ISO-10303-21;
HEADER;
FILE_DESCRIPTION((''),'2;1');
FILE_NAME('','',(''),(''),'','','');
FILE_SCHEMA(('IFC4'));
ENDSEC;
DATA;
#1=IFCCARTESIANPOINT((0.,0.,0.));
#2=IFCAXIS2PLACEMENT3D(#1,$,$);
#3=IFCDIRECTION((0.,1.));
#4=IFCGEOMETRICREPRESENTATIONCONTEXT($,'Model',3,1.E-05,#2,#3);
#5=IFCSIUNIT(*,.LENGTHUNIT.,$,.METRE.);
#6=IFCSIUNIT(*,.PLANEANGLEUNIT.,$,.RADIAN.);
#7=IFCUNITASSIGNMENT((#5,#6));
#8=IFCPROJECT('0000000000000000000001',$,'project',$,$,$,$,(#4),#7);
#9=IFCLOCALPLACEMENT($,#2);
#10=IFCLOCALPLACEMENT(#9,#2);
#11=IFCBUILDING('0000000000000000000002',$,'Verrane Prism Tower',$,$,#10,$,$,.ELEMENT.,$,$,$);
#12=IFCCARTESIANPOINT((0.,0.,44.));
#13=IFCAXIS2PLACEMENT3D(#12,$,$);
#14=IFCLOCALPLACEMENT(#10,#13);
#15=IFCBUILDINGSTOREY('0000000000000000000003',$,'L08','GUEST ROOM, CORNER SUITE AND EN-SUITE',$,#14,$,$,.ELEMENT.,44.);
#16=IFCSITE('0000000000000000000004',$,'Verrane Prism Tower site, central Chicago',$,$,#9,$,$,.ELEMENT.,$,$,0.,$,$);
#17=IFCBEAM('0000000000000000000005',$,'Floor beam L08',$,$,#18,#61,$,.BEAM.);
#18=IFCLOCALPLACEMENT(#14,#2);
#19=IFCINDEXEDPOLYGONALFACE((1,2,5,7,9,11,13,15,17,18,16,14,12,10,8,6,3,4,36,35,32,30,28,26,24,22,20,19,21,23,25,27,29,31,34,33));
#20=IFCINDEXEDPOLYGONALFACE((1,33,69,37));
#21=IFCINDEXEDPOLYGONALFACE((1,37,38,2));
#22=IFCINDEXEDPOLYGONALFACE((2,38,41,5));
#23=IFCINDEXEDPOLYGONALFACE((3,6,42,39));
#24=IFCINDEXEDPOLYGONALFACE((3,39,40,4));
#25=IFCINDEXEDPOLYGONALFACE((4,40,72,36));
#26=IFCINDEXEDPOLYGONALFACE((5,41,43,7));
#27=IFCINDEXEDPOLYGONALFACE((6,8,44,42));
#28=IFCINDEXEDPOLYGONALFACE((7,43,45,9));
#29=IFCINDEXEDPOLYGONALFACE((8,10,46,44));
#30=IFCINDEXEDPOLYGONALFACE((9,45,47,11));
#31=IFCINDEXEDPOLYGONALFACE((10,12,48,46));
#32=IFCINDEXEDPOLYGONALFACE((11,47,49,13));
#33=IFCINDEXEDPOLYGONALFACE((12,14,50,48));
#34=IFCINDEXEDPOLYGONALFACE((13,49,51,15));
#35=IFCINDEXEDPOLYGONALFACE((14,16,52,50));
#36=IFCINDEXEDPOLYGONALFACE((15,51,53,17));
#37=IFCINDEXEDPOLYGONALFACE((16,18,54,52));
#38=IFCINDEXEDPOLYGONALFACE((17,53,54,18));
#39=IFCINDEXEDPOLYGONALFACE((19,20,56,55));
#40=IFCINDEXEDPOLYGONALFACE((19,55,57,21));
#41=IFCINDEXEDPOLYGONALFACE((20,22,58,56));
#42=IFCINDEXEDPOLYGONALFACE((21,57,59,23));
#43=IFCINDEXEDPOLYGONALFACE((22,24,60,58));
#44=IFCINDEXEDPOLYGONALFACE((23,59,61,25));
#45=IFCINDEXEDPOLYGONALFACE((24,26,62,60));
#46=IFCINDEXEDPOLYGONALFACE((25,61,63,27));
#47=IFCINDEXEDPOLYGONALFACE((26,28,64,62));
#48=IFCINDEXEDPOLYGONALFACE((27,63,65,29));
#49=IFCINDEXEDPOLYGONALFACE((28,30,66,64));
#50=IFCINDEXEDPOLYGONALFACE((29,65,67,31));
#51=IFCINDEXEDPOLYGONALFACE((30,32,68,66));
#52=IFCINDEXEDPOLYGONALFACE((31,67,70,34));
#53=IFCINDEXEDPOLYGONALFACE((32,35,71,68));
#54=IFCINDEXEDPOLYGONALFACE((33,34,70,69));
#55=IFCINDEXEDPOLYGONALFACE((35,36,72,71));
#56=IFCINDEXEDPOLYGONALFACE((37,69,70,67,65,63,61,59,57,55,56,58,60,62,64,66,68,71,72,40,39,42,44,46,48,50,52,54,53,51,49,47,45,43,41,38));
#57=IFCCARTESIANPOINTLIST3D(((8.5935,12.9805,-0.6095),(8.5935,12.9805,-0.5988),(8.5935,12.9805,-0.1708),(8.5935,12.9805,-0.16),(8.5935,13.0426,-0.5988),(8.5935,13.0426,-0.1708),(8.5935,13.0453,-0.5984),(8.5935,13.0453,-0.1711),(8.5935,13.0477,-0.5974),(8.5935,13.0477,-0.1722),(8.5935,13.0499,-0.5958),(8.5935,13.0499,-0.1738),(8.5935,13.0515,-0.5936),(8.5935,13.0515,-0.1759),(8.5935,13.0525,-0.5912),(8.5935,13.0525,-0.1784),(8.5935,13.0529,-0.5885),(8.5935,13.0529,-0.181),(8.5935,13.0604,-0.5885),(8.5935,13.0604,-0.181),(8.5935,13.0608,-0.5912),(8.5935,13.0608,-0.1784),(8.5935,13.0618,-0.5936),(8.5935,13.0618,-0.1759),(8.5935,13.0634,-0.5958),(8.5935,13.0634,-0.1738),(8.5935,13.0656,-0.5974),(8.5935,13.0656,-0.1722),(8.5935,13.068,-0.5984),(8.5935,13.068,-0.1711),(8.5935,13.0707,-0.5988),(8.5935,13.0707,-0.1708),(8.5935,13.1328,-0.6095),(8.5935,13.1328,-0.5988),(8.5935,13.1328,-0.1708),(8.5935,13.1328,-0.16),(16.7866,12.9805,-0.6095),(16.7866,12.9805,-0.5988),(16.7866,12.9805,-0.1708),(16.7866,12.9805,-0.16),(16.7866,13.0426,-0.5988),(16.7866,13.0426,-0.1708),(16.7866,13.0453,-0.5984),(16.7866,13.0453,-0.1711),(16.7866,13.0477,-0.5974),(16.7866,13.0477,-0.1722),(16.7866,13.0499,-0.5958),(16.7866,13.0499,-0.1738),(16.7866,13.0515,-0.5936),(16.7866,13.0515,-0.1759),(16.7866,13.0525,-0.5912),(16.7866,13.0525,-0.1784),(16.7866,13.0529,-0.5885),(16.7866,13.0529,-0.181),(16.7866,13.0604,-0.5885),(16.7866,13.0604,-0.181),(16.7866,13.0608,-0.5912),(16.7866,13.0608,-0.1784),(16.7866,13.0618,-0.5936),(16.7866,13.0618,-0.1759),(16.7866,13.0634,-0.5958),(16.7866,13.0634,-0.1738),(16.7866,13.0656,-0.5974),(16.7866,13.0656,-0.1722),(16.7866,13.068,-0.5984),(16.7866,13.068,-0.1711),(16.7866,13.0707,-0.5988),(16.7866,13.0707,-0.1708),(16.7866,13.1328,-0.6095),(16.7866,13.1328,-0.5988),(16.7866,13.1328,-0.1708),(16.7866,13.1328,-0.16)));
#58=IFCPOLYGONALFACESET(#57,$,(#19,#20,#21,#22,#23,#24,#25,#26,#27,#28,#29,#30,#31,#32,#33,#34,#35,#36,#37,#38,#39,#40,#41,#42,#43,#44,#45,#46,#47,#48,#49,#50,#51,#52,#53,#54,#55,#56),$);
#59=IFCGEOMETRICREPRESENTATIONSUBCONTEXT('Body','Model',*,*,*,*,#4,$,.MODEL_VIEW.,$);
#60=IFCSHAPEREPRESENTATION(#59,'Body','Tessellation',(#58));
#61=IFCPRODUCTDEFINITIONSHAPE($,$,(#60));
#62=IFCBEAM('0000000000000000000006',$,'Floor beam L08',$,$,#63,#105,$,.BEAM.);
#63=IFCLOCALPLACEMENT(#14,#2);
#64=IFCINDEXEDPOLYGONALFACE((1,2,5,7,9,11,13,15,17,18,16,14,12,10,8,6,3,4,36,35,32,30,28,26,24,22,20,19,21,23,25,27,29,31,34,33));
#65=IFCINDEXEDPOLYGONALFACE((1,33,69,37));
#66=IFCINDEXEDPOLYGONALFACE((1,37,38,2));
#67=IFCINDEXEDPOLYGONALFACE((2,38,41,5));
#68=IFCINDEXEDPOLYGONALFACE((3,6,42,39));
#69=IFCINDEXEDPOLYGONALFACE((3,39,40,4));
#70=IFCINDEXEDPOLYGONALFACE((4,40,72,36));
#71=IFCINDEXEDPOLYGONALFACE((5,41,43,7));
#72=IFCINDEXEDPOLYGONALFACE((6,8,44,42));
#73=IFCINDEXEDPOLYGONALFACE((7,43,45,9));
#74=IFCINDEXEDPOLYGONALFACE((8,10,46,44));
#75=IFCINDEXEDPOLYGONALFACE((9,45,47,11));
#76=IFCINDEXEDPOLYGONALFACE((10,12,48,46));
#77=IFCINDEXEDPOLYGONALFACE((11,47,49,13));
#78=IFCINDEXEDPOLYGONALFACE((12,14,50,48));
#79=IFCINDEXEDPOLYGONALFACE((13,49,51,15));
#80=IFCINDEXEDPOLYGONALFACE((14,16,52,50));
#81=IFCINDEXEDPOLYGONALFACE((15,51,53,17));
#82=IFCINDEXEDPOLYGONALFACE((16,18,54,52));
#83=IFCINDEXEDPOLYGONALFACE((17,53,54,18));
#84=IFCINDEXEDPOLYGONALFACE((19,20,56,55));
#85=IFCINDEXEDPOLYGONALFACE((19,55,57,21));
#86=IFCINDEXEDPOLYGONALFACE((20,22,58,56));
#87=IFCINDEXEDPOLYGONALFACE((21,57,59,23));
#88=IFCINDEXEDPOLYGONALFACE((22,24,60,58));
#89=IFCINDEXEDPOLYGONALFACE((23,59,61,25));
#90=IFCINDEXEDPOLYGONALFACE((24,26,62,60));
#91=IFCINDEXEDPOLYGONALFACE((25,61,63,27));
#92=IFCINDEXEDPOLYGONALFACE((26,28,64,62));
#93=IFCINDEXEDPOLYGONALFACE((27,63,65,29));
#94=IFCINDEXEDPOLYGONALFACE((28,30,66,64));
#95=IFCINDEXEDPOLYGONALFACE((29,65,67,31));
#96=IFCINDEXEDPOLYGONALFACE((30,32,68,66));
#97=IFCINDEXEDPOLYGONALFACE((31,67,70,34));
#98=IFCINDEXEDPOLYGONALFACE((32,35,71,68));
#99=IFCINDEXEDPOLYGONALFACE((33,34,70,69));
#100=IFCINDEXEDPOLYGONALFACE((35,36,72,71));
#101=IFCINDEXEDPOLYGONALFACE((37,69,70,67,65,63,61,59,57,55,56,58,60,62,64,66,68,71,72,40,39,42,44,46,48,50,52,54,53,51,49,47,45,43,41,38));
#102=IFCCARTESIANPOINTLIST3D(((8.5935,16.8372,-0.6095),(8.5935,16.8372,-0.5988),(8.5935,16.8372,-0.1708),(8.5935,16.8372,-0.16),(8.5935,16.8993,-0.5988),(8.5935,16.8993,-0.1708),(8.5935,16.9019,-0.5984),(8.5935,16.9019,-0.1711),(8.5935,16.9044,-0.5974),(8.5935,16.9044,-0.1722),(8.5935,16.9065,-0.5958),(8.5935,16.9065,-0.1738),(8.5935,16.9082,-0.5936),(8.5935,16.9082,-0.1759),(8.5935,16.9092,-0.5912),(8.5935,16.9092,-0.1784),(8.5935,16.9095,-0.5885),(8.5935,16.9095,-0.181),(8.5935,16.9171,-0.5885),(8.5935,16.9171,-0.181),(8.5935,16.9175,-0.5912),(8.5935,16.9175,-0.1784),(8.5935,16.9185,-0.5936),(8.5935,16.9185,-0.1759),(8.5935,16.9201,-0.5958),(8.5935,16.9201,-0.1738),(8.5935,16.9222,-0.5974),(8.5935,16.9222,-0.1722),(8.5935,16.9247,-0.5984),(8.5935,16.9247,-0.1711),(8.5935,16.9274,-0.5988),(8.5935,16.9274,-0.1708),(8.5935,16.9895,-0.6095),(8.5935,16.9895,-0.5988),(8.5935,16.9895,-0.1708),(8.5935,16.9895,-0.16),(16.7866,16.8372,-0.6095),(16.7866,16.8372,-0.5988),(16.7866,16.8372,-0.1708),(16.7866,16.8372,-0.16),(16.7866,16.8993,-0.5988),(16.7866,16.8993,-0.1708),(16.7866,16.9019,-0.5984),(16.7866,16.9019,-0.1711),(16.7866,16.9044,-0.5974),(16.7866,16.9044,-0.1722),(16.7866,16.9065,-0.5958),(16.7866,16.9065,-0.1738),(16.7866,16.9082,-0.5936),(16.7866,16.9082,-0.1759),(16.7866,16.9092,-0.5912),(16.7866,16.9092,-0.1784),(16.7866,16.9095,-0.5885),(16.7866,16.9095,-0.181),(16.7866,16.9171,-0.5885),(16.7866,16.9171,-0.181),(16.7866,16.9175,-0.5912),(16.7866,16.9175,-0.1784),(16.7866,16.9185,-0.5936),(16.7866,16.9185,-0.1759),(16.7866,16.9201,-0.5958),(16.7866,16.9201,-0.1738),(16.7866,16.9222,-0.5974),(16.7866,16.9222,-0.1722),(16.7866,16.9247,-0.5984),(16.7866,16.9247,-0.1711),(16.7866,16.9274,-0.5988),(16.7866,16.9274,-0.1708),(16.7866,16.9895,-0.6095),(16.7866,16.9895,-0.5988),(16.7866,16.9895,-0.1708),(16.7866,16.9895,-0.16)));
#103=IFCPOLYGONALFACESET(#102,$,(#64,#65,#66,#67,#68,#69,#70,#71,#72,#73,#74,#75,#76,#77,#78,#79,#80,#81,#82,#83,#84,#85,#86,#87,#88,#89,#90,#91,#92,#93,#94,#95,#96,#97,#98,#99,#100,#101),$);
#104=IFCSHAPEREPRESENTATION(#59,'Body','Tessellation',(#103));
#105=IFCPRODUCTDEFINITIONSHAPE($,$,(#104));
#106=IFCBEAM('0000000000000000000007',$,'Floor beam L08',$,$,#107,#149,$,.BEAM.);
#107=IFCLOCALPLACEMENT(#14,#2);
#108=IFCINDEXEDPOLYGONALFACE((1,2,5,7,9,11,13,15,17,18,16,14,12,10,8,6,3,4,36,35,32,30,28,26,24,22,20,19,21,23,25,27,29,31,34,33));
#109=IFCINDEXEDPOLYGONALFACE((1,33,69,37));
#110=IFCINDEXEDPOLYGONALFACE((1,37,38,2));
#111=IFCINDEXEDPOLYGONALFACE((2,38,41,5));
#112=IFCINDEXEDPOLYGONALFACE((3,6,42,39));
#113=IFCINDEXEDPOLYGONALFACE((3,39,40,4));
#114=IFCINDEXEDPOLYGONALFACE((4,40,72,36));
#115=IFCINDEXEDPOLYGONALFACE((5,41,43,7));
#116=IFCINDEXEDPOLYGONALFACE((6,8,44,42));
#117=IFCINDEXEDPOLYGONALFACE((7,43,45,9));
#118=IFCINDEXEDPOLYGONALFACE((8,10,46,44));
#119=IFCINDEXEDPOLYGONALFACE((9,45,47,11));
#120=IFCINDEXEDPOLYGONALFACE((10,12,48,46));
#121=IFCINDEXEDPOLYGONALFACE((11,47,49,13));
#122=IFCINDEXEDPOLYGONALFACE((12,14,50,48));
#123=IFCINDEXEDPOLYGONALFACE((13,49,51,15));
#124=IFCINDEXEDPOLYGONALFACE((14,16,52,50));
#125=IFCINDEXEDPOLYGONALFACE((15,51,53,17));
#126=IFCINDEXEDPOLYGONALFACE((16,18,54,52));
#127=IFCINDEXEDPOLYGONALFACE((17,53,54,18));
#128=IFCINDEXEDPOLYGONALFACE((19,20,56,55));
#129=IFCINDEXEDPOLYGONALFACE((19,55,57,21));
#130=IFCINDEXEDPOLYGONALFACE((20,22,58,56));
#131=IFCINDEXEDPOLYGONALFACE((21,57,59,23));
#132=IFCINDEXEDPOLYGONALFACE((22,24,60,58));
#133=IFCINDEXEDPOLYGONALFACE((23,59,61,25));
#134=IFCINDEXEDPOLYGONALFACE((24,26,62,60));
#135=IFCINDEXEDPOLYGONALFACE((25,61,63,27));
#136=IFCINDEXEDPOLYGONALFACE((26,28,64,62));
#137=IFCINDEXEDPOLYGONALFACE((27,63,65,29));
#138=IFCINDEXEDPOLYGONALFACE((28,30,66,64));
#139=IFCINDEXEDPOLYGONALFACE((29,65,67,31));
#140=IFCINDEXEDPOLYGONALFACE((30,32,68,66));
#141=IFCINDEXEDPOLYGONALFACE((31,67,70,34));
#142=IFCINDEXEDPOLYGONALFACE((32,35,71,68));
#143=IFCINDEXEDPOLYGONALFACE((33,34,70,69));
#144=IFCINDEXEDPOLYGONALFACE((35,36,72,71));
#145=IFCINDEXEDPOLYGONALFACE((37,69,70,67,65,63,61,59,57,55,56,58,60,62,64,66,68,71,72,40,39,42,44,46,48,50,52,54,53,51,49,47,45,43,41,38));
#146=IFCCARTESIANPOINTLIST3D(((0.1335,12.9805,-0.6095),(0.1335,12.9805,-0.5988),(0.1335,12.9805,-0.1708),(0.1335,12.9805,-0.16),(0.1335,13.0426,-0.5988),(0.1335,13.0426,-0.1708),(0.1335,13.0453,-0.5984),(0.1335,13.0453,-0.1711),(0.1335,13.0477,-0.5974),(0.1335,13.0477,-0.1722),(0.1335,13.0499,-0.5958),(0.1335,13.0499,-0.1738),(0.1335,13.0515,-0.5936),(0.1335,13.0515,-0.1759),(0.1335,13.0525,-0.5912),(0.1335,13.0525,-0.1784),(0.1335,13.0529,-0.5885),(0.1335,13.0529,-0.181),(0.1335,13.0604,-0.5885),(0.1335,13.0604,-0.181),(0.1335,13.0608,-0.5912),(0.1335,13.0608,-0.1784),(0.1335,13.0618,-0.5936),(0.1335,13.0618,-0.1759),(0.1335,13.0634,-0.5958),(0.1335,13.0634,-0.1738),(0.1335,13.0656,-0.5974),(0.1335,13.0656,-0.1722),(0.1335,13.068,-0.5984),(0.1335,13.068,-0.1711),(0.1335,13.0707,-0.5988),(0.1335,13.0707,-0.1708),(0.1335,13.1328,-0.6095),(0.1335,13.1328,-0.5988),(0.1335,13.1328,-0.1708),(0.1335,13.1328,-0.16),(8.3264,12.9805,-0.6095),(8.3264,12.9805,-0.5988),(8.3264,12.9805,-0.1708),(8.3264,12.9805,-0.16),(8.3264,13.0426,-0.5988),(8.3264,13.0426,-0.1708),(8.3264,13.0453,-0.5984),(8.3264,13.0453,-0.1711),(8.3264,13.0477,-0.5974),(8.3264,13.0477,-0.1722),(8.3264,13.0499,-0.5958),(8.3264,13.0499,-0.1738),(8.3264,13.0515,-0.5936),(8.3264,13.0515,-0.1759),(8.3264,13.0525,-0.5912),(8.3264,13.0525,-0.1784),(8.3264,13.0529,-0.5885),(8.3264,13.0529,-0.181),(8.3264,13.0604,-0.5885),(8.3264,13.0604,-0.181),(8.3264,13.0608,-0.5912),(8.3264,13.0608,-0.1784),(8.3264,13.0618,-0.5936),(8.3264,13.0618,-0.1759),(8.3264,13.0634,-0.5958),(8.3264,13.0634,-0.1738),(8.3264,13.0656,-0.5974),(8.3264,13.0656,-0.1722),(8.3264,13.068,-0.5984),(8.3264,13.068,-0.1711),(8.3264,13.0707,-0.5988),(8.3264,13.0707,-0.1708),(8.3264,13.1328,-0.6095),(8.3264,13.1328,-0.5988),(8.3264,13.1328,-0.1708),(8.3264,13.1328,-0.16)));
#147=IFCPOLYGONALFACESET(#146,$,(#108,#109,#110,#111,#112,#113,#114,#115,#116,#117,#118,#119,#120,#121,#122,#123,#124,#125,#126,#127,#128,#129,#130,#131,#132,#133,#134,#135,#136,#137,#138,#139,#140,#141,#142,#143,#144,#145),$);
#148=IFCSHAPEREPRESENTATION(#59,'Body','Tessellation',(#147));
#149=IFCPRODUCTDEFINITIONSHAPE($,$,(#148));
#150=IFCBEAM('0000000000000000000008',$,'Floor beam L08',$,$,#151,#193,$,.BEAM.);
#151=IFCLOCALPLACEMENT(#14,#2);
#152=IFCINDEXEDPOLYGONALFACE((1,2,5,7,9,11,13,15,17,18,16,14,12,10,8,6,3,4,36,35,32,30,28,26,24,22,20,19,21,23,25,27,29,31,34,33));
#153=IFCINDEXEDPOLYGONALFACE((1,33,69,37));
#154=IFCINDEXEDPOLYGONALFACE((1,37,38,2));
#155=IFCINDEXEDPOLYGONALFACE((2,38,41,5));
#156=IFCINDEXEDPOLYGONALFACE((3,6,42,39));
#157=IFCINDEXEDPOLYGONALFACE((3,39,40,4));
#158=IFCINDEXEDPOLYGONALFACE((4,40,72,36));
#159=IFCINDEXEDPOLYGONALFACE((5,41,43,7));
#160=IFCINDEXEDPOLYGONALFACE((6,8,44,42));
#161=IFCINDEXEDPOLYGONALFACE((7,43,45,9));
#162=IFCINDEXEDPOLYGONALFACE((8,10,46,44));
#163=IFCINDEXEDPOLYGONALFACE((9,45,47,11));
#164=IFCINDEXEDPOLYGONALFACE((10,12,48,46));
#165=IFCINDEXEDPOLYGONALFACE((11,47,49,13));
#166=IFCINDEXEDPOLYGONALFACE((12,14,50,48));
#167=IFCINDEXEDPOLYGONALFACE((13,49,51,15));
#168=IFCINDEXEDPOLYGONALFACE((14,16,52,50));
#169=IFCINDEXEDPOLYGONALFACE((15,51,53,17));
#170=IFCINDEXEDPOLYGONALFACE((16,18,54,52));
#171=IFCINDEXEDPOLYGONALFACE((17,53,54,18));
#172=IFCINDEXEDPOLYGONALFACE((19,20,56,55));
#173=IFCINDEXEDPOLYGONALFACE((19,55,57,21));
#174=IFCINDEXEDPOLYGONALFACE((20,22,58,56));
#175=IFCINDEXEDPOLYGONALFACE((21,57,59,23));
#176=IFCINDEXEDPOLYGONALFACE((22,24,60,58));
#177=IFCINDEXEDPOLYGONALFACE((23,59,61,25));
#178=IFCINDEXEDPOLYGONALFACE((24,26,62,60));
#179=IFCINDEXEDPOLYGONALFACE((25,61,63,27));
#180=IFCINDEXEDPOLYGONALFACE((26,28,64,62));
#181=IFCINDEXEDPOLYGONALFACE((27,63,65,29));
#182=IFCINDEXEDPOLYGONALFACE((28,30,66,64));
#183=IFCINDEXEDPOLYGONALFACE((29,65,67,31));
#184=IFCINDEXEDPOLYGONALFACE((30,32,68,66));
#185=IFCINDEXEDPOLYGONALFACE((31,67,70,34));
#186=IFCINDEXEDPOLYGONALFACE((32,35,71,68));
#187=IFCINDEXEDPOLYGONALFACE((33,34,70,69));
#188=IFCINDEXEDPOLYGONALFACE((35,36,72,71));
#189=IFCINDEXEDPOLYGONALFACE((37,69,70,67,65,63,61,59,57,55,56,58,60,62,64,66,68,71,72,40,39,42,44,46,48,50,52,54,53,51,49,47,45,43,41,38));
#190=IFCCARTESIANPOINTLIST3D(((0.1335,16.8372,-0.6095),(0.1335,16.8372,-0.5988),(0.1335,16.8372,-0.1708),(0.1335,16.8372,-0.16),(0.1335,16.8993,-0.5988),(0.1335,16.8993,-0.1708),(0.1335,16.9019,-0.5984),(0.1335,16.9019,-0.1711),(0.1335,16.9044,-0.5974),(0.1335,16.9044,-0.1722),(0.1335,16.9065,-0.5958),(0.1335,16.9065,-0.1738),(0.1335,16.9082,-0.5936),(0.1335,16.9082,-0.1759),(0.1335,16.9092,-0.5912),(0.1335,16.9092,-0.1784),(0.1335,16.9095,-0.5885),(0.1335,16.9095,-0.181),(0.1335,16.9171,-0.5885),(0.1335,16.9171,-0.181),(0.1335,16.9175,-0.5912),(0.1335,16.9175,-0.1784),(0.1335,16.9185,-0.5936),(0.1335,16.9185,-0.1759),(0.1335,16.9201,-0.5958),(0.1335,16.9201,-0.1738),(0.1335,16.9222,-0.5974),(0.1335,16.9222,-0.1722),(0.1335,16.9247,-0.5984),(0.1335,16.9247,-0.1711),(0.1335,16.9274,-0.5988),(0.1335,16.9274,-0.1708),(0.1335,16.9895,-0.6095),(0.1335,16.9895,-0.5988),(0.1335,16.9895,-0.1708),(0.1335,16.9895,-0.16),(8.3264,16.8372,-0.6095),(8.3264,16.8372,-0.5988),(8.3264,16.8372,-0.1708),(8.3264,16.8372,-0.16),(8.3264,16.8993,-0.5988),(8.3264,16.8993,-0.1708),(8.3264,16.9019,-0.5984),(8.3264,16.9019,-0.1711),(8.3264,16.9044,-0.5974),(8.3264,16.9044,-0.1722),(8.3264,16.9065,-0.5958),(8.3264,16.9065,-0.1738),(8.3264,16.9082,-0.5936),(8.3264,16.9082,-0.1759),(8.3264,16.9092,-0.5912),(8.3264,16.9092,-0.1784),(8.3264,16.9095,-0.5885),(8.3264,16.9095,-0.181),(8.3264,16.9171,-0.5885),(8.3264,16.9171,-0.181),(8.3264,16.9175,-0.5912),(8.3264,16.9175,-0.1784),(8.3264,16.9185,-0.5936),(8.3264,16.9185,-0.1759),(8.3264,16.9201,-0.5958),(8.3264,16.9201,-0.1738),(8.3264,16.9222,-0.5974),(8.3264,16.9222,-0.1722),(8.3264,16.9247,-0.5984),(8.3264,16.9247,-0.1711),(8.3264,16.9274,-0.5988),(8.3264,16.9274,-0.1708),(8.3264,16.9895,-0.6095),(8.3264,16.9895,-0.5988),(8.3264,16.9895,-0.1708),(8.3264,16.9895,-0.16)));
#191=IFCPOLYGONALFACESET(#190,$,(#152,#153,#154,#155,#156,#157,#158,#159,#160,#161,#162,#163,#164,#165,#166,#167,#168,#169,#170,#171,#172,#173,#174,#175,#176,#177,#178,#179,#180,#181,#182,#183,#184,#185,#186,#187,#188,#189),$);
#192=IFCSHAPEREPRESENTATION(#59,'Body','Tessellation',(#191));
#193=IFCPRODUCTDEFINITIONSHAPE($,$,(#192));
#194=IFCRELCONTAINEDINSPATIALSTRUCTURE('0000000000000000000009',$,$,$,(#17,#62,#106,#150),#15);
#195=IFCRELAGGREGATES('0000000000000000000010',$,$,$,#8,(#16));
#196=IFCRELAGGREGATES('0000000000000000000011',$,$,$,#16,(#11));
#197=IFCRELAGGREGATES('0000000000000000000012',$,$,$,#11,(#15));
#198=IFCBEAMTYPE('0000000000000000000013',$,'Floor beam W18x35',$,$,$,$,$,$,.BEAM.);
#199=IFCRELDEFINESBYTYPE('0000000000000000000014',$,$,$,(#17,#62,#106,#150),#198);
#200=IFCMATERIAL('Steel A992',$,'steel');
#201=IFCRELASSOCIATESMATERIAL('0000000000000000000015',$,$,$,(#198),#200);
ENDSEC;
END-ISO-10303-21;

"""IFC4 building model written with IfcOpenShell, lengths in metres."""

from ifc_helpers import new_model, si_unit, direction, frame, origin, origin_2d, place, context, subcontext, project, spatial, i_section, extrude, material, material_profile, profile_set, type_object, element, save


model = new_model("IFC4")

# Units and contexts
model_context = context("Model", 3, precision=1e-05, world=origin(), true_north=direction((0.0, 1.0)))
body_context = subcontext(model_context, "Body", "Model", "MODEL_VIEW")
ifc_project = project(units=[si_unit("LENGTHUNIT", "METRE"), si_unit("PLANEANGLEUNIT", "RADIAN")], contexts=[model_context])

# Site, building, storey
site_placement = place(None, origin())
site = spatial("IfcSite", under=ifc_project, at=site_placement, Name="Verrane Prism Tower site, central Chicago", CompositionType="ELEMENT", RefElevation=0.0)
building_placement = place(site_placement, origin())
building = spatial("IfcBuilding", under=site, at=building_placement, Name="Verrane Prism Tower", CompositionType="ELEMENT")
storey_placement = place(building_placement, frame((0.0, 0.0, 44.0)))
storey = spatial("IfcBuildingStorey", under=building, at=storey_placement, Name="L08", Description="GUEST ROOM, CORNER SUITE AND EN-SUITE", CompositionType="ELEMENT", Elevation=44.0)

# Beams
ifc_material_1 = material(Name="Steel A992", Category="steel")
ifc_material_profile_1 = material_profile(ifc_material_1, i_section(OverallWidth=0.1523, OverallDepth=0.4495, WebThickness=0.0076, FlangeThickness=0.0107, FilletRadius=0.0103, at=origin_2d()), Name="W18x35")
ifc_profile_set_1 = profile_set([ifc_material_profile_1], Name="Steel A992")
beam_type_1 = type_object("IfcBeamType", Name="Floor beam W18x35", PredefinedType="BEAM", material=ifc_profile_set_1)
for number, where, z_axis, x_axis, name in (
    (1, (8.5935, 13.0566, -0.3848), (1.0, 0.0, 0.0), (0.0, 1.0, 0.0), "Floor beam L08"),
    (2, (8.5935, 16.9133, -0.3848), (1.0, 0.0, 0.0), (0.0, 1.0, 0.0), "Floor beam L08"),
):
    element("IfcBeam", number, at=place(storey_placement, frame(where, z_axis=z_axis, x_axis=x_axis)), inside=storey, type_object=beam_type_1, Name=name, PredefinedType="BEAM", context=body_context, shape_type="SweptSolid", body=[
        extrude(i_section(OverallWidth=0.1523, OverallDepth=0.4495, WebThickness=0.0076, FlangeThickness=0.0107, FilletRadius=0.0103, at=origin_2d()), origin(), (0.0, 0.0, 1.0), 8.1931),
    ])
for number, where, z_axis, x_axis, name in (
    (3, (0.1335, 13.0566, -0.3848), (1.0, 0.0, 0.0), (0.0, 1.0, 0.0), "Floor beam L08"),
    (4, (0.1335, 16.9133, -0.3848), (1.0, 0.0, 0.0), (0.0, 1.0, 0.0), "Floor beam L08"),
):
    element("IfcBeam", number, at=place(storey_placement, frame(where, z_axis=z_axis, x_axis=x_axis)), inside=storey, type_object=beam_type_1, Name=name, PredefinedType="BEAM", context=body_context, shape_type="SweptSolid", body=[
        extrude(i_section(OverallWidth=0.1523, OverallDepth=0.4495, WebThickness=0.0076, FlangeThickness=0.0107, FilletRadius=0.0103, at=origin_2d()), origin(), (0.0, 0.0, 1.0), 8.1929),
    ])

save(model, "model.ifc")
